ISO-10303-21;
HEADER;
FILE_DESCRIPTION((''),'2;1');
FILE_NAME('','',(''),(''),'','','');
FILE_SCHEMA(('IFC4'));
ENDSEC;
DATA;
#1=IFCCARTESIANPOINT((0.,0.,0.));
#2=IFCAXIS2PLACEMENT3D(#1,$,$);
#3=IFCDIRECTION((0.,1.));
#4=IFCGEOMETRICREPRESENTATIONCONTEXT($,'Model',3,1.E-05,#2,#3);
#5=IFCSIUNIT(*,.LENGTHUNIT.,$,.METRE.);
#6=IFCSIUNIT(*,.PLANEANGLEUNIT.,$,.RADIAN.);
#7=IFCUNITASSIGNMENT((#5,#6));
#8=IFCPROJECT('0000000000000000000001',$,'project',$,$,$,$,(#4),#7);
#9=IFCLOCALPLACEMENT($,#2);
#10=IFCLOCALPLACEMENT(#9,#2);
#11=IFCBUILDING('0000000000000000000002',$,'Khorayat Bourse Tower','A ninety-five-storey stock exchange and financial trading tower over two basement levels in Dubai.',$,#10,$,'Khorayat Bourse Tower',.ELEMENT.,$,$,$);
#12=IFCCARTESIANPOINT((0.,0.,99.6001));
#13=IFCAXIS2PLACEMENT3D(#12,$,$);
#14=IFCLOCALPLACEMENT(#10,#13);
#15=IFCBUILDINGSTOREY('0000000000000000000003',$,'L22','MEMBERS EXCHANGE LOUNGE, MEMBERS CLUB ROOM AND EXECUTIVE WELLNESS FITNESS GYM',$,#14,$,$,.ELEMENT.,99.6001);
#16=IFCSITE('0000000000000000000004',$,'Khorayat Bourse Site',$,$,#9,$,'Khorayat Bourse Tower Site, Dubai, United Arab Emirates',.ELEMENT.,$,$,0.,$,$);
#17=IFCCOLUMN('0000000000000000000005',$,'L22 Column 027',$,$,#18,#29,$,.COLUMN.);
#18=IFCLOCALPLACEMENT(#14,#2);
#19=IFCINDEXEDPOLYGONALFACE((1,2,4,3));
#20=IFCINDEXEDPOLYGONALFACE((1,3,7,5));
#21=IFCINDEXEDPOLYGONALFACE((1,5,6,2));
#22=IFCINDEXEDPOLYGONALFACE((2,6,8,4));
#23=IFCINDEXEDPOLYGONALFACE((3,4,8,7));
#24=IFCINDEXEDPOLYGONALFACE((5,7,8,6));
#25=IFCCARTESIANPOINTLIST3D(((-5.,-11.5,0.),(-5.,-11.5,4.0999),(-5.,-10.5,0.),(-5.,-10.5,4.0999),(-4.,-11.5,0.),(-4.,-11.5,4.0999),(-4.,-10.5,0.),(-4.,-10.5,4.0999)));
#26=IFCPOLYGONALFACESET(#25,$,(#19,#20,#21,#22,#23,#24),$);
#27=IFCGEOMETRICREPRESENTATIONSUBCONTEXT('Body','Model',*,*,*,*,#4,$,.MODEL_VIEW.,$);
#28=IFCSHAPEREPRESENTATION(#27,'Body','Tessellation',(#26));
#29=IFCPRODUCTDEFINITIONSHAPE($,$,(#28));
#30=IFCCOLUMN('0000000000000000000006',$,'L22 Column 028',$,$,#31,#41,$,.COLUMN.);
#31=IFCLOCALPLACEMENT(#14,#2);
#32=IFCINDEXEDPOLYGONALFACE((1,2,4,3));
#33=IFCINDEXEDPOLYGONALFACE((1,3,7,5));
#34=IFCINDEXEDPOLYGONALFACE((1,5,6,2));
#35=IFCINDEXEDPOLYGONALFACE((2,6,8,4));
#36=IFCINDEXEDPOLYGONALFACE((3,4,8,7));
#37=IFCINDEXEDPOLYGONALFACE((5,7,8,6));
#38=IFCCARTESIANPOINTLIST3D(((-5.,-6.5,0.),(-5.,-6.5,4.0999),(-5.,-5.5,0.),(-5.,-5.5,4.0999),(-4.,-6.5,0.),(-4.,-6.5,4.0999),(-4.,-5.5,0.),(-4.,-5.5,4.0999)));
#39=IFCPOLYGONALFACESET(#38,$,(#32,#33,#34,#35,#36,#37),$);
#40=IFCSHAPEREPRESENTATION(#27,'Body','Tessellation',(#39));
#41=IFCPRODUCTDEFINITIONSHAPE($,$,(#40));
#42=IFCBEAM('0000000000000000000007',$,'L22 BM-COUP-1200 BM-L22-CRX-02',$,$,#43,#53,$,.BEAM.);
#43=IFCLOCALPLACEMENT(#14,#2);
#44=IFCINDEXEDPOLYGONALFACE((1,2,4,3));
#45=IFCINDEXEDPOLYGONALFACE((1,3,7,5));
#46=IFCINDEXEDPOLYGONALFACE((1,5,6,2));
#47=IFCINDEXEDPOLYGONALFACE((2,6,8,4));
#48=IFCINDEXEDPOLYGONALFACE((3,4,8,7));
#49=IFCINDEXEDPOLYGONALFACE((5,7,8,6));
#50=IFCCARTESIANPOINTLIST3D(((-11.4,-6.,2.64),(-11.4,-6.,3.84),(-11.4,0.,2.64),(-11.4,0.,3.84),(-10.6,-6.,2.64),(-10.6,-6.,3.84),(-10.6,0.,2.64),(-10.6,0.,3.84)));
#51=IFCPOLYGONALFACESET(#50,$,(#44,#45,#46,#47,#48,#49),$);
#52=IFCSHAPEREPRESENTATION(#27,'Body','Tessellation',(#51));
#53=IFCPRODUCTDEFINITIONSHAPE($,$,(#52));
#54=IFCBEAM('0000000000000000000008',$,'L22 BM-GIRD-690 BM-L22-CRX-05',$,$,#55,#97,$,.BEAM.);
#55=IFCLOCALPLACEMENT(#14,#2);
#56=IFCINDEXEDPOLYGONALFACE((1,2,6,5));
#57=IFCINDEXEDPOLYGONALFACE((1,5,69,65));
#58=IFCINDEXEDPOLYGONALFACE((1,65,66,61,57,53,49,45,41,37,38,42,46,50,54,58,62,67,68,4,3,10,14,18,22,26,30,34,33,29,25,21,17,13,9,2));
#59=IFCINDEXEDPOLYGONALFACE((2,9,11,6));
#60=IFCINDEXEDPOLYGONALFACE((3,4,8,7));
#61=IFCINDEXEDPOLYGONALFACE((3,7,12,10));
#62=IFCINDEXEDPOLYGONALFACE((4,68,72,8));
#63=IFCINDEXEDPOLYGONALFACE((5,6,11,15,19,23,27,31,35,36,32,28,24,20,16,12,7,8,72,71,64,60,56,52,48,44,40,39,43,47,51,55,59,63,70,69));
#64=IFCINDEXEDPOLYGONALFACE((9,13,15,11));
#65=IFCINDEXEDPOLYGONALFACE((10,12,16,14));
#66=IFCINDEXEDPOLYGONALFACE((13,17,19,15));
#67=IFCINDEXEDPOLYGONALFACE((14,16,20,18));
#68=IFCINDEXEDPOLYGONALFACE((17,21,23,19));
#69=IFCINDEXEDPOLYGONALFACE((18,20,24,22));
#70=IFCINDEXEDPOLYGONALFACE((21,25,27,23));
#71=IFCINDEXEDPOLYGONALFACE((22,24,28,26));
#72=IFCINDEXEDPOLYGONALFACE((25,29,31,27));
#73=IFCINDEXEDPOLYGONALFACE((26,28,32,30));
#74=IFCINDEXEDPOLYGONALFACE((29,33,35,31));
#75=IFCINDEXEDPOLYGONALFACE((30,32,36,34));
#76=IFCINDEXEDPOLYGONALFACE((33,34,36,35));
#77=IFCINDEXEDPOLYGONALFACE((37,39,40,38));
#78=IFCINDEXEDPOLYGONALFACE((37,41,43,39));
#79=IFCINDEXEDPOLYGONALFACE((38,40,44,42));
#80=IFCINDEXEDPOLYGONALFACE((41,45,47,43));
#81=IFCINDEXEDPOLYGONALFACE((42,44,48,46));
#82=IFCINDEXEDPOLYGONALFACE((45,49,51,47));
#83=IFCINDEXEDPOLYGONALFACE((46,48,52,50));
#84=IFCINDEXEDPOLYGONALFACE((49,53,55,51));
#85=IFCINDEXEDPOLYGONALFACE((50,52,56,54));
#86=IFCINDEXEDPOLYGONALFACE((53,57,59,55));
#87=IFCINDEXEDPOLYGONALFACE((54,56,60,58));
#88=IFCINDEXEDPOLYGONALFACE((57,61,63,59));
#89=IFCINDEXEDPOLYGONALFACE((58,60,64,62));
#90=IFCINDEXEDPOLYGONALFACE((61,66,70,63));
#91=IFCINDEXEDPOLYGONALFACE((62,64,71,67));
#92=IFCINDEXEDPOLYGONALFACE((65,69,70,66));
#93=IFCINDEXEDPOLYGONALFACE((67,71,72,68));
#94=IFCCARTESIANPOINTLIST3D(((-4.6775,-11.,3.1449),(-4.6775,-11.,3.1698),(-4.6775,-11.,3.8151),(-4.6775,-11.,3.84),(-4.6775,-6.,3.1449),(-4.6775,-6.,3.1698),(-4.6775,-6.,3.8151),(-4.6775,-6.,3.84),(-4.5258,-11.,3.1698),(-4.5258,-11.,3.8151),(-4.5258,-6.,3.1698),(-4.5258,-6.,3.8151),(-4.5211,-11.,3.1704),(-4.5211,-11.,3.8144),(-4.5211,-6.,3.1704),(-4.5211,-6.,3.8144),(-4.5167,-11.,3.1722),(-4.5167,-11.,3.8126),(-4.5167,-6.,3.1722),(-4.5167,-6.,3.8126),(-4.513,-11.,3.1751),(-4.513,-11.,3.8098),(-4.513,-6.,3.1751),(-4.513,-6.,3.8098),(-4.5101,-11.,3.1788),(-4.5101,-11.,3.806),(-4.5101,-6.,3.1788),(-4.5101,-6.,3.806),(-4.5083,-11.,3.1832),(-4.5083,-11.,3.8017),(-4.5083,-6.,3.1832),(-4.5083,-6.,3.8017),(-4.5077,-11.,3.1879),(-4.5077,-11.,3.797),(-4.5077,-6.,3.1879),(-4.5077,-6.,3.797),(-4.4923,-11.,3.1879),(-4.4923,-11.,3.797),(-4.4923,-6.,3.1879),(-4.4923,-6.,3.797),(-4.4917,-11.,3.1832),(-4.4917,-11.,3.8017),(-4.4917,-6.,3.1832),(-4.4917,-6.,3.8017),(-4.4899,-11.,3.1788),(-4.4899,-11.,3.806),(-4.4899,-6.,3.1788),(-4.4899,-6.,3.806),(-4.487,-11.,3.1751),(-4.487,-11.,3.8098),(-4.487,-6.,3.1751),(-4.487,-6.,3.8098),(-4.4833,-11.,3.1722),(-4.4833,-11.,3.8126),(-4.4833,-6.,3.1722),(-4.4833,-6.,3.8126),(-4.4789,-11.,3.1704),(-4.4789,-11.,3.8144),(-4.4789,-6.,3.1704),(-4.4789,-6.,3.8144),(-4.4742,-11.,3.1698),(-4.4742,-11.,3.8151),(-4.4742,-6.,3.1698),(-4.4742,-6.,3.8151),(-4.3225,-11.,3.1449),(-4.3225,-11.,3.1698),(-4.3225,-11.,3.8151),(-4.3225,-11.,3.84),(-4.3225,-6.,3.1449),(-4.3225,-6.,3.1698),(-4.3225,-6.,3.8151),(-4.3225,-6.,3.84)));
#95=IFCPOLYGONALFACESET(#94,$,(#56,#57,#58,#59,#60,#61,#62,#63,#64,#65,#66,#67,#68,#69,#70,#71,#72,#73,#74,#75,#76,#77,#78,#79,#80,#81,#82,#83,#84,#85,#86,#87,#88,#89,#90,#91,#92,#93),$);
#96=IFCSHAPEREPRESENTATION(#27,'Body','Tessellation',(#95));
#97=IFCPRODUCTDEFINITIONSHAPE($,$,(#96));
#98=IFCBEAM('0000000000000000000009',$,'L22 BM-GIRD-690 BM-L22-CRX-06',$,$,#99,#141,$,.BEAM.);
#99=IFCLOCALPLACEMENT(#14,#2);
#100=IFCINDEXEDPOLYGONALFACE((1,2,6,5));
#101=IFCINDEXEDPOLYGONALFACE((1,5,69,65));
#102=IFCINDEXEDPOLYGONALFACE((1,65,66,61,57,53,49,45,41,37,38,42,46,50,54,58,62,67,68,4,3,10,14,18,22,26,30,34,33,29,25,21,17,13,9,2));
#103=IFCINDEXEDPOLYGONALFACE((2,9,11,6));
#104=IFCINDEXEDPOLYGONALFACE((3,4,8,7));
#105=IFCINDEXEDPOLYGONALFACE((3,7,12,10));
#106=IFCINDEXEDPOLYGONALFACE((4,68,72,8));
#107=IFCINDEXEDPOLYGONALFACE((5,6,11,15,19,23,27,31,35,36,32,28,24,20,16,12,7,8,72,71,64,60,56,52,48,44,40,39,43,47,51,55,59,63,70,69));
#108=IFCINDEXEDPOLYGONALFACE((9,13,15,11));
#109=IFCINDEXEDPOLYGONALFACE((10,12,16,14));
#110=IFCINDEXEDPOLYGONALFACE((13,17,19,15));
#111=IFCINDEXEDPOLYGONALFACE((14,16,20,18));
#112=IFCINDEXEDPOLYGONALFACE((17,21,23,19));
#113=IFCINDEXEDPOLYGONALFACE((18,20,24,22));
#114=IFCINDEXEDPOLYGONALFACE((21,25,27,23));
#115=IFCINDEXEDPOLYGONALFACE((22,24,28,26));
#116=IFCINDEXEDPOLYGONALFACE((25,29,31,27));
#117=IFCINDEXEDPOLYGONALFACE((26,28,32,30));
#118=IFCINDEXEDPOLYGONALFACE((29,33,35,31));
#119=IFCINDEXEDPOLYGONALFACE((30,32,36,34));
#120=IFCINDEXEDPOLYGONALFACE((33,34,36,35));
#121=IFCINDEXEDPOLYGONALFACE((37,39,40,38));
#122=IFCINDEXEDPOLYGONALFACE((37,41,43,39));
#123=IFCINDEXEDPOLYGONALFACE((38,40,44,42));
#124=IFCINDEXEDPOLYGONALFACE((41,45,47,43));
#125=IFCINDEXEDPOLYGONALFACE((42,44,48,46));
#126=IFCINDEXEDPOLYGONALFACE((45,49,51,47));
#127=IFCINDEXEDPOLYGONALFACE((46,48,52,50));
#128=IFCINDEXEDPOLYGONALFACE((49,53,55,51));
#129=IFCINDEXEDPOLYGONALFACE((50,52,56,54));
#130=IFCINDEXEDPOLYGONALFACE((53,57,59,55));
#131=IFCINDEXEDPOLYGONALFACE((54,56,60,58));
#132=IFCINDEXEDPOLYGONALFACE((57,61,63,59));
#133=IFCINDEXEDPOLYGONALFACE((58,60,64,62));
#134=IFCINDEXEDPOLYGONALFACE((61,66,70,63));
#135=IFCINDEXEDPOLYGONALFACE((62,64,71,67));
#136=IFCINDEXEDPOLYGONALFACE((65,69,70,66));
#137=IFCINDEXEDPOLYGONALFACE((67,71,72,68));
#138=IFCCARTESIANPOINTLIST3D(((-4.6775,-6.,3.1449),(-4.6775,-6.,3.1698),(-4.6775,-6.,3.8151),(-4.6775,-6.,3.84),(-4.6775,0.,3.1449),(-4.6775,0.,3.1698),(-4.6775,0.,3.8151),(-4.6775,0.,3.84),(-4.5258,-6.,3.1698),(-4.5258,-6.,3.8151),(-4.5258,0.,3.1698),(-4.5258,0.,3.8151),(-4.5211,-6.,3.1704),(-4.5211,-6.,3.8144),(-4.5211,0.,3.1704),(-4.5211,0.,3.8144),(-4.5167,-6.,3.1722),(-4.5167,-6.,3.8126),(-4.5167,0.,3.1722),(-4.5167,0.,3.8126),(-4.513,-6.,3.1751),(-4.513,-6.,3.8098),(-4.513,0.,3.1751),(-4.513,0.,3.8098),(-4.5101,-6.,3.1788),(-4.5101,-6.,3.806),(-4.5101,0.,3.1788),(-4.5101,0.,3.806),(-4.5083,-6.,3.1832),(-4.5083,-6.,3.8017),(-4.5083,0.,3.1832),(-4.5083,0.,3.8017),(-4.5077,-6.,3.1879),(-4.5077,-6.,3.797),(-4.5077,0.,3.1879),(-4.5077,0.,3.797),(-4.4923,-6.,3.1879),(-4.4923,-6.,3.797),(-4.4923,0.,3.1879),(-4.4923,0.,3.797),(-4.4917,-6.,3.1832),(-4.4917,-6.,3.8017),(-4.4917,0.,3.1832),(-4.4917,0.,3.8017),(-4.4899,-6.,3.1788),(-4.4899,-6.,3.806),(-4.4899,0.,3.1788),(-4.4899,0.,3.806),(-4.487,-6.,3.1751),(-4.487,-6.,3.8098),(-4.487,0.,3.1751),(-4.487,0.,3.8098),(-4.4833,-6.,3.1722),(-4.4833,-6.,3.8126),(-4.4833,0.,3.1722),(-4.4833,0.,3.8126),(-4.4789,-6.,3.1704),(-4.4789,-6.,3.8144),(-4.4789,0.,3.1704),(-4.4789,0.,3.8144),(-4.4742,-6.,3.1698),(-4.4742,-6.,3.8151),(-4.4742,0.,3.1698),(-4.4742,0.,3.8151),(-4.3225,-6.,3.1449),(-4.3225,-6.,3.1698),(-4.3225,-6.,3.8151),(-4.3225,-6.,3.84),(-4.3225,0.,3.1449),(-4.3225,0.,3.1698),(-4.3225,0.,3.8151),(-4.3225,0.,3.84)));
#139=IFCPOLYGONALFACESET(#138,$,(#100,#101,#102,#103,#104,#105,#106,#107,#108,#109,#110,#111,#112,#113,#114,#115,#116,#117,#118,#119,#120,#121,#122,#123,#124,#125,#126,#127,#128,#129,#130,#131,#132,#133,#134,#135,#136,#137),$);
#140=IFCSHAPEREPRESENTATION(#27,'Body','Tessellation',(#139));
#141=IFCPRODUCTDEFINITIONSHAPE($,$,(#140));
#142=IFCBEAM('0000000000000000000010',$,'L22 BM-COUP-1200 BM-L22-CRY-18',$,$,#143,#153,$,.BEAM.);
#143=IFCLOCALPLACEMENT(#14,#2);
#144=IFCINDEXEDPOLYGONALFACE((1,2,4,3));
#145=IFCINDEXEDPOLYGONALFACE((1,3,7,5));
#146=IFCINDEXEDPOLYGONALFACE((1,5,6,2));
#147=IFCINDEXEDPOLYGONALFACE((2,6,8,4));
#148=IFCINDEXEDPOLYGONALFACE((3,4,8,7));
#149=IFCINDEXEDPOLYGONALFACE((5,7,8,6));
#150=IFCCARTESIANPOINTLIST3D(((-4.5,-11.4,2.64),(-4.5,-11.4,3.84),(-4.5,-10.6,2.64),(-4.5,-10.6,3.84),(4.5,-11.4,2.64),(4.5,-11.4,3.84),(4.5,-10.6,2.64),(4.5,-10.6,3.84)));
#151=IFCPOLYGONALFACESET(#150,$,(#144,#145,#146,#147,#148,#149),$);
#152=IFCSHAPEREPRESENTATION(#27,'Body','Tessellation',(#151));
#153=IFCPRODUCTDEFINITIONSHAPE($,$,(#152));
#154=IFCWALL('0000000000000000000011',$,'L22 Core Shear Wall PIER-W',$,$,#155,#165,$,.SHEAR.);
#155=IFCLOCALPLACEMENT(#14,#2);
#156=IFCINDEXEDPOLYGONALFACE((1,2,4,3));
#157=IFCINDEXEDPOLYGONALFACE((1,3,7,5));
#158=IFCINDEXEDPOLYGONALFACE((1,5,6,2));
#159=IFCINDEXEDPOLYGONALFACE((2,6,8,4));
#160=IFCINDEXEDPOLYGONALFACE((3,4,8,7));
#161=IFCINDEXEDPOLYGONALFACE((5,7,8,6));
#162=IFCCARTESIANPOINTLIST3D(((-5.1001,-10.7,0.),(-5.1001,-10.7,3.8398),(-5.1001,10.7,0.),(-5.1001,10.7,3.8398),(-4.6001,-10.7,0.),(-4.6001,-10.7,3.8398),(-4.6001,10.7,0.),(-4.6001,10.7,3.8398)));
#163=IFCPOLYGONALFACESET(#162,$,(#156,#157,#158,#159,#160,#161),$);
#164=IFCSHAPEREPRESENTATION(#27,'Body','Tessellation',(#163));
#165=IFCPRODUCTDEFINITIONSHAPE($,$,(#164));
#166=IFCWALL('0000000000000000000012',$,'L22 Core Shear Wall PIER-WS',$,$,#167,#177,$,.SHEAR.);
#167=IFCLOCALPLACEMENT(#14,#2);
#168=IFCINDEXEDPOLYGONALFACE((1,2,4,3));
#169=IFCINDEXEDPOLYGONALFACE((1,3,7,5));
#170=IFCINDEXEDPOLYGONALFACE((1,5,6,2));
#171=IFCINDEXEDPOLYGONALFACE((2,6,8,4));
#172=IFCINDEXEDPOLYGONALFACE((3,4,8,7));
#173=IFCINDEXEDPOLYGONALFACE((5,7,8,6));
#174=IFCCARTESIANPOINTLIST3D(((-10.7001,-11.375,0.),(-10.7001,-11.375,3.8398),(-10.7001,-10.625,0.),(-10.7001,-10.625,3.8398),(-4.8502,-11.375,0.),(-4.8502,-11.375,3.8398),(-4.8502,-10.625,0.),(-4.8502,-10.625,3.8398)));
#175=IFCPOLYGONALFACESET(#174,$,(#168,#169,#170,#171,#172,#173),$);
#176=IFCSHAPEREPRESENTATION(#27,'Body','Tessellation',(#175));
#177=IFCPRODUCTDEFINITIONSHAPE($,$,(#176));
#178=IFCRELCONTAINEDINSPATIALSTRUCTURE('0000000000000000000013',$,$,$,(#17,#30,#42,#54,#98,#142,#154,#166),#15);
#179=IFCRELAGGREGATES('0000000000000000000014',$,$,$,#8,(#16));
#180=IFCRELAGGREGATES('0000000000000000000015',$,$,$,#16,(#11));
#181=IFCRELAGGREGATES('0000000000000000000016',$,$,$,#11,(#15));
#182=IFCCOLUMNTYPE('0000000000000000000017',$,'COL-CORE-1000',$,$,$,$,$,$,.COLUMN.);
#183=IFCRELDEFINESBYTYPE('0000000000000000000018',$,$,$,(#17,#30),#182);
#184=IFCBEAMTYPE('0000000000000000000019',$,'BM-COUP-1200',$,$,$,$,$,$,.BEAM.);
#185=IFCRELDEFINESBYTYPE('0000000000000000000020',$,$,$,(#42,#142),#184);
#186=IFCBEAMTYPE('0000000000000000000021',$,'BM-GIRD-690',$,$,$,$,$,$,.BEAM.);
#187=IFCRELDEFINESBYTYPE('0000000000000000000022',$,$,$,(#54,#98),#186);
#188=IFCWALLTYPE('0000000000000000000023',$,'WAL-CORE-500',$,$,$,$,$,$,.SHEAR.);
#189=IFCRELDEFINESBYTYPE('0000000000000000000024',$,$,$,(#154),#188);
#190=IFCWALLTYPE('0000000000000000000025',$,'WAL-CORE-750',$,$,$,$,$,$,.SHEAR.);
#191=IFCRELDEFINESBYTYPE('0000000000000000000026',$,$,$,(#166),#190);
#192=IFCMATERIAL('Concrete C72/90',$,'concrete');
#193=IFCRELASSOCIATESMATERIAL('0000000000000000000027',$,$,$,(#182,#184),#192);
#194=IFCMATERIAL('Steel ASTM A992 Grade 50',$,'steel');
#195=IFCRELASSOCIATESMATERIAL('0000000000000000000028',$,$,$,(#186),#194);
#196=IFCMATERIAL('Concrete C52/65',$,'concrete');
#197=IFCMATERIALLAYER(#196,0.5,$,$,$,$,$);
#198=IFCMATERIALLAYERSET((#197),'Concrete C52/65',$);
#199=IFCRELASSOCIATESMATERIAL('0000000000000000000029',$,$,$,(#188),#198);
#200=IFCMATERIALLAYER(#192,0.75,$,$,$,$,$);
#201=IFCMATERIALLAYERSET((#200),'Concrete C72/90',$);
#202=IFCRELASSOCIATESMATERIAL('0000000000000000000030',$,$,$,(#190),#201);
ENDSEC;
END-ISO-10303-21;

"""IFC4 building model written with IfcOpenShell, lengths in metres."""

from ifc_helpers import new_model, si_unit, direction, frame, frame_2d, origin, origin_2d, place, context, subcontext, project, spatial, rectangle, i_section, extrude, source, transform, mapped, material, layer, layer_set, material_profile, profile_set, type_object, element, save


model = new_model("IFC4")

# Units and contexts
model_context = context("Model", 3, precision=1e-05, world=origin(), true_north=direction((0.0, 1.0)))
body_context = subcontext(model_context, "Body", "Model", "MODEL_VIEW")
ifc_project = project(units=[si_unit("LENGTHUNIT", "METRE"), si_unit("PLANEANGLEUNIT", "RADIAN")], contexts=[model_context])

# Site, building, storey
site_placement = place(None, origin())
site = spatial("IfcSite", under=ifc_project, at=site_placement, Name="Khorayat Bourse Site", LongName="Khorayat Bourse Tower Site, Dubai, United Arab Emirates", CompositionType="ELEMENT", RefElevation=0.0)
building_placement = place(site_placement, origin())
building = spatial("IfcBuilding", under=site, at=building_placement, Name="Khorayat Bourse Tower", Description="A ninety-five-storey stock exchange and financial trading tower over two basement levels in Dubai.", LongName="Khorayat Bourse Tower", CompositionType="ELEMENT")
storey_placement = place(building_placement, frame((0.0, 0.0, 99.6001)))
storey = spatial("IfcBuildingStorey", under=building, at=storey_placement, Name="L22", Description="MEMBERS EXCHANGE LOUNGE, MEMBERS CLUB ROOM AND EXECUTIVE WELLNESS FITNESS GYM", CompositionType="ELEMENT", Elevation=99.6001)

# Columns
ifc_material_1 = material(Name="Concrete C72/90", Category="concrete")
ifc_material_profile_1 = material_profile(ifc_material_1, rectangle(XDim=1.0, YDim=1.0, at=origin_2d()), Name="RC 1000x1000")
ifc_profile_set_1 = profile_set([ifc_material_profile_1], Name="Concrete C72/90")
column_type = type_object("IfcColumnType", Name="COL-CORE-1000", PredefinedType="COLUMN", material=ifc_profile_set_1)
shared_shape_1 = source(origin(), body_context, "Body", "SweptSolid", [
    extrude(rectangle(XDim=1.0, YDim=1.0, at=origin_2d()), origin(), (0.0, 0.0, 1.0), 4.0999),
])
for number, where, z_axis, x_axis, name in (
    (1, (-4.5, -11.0, 0.0), (0.0, 0.0, 1.0), (1.0, 0.0, 0.0), "L22 Column 027"),
    (2, (-4.5, -6.0, 0.0), (0.0, 0.0, 1.0), (1.0, 0.0, 0.0), "L22 Column 028"),
):
    element("IfcColumn", number, at=place(storey_placement, frame(where, z_axis=z_axis, x_axis=x_axis)), inside=storey, type_object=column_type, Name=name, PredefinedType="COLUMN", context=body_context, shape_type="MappedRepresentation", body=[
        mapped(shared_shape_1, transform((0.0, 0.0, 0.0), scale=1.0)),
    ])

# Beams
ifc_material_profile_2 = material_profile(ifc_material_1, rectangle(XDim=0.8, YDim=1.2, at=origin_2d()), Name="RC 800x1200")
ifc_profile_set_2 = profile_set([ifc_material_profile_2], Name="Concrete C72/90")
beam_type_1 = type_object("IfcBeamType", Name="BM-COUP-1200", PredefinedType="BEAM", material=ifc_profile_set_2)
shared_shape_2 = source(origin(), body_context, "Body", "SweptSolid", [
    extrude(rectangle(XDim=0.8, YDim=1.2, at=origin_2d()), origin(), (0.0, 0.0, 1.0), 6.0),
])
beam_1_placement = place(storey_placement, frame((-11.0, -6.0, 3.24), z_axis=(0.0, 1.0, 0.0), x_axis=(-1.0, 0.0, 0.0)))
element("IfcBeam", 3, at=beam_1_placement, inside=storey, type_object=beam_type_1, Name="L22 BM-COUP-1200 BM-L22-CRX-02", PredefinedType="BEAM", context=body_context, shape_type="MappedRepresentation", body=[
    mapped(shared_shape_2, transform((0.0, 0.0, 0.0), scale=1.0)),
])
ifc_material_2 = material(Name="Steel ASTM A992 Grade 50", Category="steel")
ifc_material_profile_3 = material_profile(ifc_material_2, i_section(OverallWidth=0.355, OverallDepth=0.6951, WebThickness=0.0154, FlangeThickness=0.0249, FilletRadius=0.0181, at=origin_2d()), Name="W690X217")
ifc_profile_set_3 = profile_set([ifc_material_profile_3], Name="Steel ASTM A992 Grade 50")
beam_type_2 = type_object("IfcBeamType", Name="BM-GIRD-690", PredefinedType="BEAM", material=ifc_profile_set_3)
shared_shape_3 = source(origin(), body_context, "Body", "SweptSolid", [
    extrude(i_section(OverallWidth=0.355, OverallDepth=0.6951, WebThickness=0.0154, FlangeThickness=0.0249, FilletRadius=0.0181, at=origin_2d()), origin(), (0.0, 0.0, 1.0), 5.0),
])
beam_2_placement = place(storey_placement, frame((-4.5, -11.0, 3.4924), z_axis=(0.0, 1.0, 0.0), x_axis=(-1.0, 0.0, 0.0)))
element("IfcBeam", 4, at=beam_2_placement, inside=storey, type_object=beam_type_2, Name="L22 BM-GIRD-690 BM-L22-CRX-05", PredefinedType="BEAM", context=body_context, shape_type="MappedRepresentation", body=[
    mapped(shared_shape_3, transform((0.0, 0.0, 0.0), scale=1.0)),
])
shared_shape_4 = source(origin(), body_context, "Body", "SweptSolid", [
    extrude(i_section(OverallWidth=0.355, OverallDepth=0.6951, WebThickness=0.0154, FlangeThickness=0.0249, FilletRadius=0.0181, at=origin_2d()), origin(), (0.0, 0.0, 1.0), 6.0),
])
beam_3_placement = place(storey_placement, frame((-4.5, -6.0, 3.4924), z_axis=(0.0, 1.0, 0.0), x_axis=(-1.0, 0.0, 0.0)))
element("IfcBeam", 5, at=beam_3_placement, inside=storey, type_object=beam_type_2, Name="L22 BM-GIRD-690 BM-L22-CRX-06", PredefinedType="BEAM", context=body_context, shape_type="MappedRepresentation", body=[
    mapped(shared_shape_4, transform((0.0, 0.0, 0.0), scale=1.0)),
])
shared_shape_5 = source(origin(), body_context, "Body", "SweptSolid", [
    extrude(rectangle(XDim=0.8, YDim=1.2, at=origin_2d()), origin(), (0.0, 0.0, 1.0), 9.0),
])
beam_4_placement = place(storey_placement, frame((-4.5, -11.0, 3.24), z_axis=(1.0, 0.0, 0.0), x_axis=(0.0, 1.0, 0.0)))
element("IfcBeam", 6, at=beam_4_placement, inside=storey, type_object=beam_type_1, Name="L22 BM-COUP-1200 BM-L22-CRY-18", PredefinedType="BEAM", context=body_context, shape_type="MappedRepresentation", body=[
    mapped(shared_shape_5, transform((0.0, 0.0, 0.0), scale=1.0)),
])

# Walls
ifc_material_3 = material(Name="Concrete C52/65", Category="concrete")
ifc_layer_1 = layer(ifc_material_3, 0.5)
ifc_layer_set_1 = layer_set([ifc_layer_1], Name="Concrete C52/65")
wall_type_1 = type_object("IfcWallType", Name="WAL-CORE-500", PredefinedType="SHEAR", material=ifc_layer_set_1)
shared_shape_6 = source(origin(), body_context, "Body", "SweptSolid", [
    extrude(rectangle(XDim=21.3999, YDim=0.5, at=frame_2d((10.7, 0.0))), origin(), (0.0, 0.0, 1.0), 3.8398),
])
wall_1_placement = place(storey_placement, frame((-4.8501, -10.7, 0.0), z_axis=(0.0, 0.0, 1.0), x_axis=(0.0, 1.0, 0.0)))
element("IfcWall", 7, at=wall_1_placement, inside=storey, type_object=wall_type_1, Name="L22 Core Shear Wall PIER-W", PredefinedType="SHEAR", context=body_context, shape_type="MappedRepresentation", body=[
    mapped(shared_shape_6, transform((0.0, 0.0, 0.0), scale=1.0)),
])
ifc_layer_2 = layer(ifc_material_1, 0.75)
ifc_layer_set_2 = layer_set([ifc_layer_2], Name="Concrete C72/90")
wall_type_2 = type_object("IfcWallType", Name="WAL-CORE-750", PredefinedType="SHEAR", material=ifc_layer_set_2)
shared_shape_7 = source(origin(), body_context, "Body", "SweptSolid", [
    extrude(rectangle(XDim=5.8499, YDim=0.75, at=frame_2d((2.9248, 0.0))), origin(), (0.0, 0.0, 1.0), 3.8398),
])
wall_2_placement = place(storey_placement, frame((-10.7, -11.0, 0.0), z_axis=(0.0, 0.0, 1.0), x_axis=(1.0, 0.0, 0.0)))
element("IfcWall", 8, at=wall_2_placement, inside=storey, type_object=wall_type_2, Name="L22 Core Shear Wall PIER-WS", PredefinedType="SHEAR", context=body_context, shape_type="MappedRepresentation", body=[
    mapped(shared_shape_7, transform((0.0, 0.0, 0.0), scale=1.0)),
])

save(model, "model.ifc")
